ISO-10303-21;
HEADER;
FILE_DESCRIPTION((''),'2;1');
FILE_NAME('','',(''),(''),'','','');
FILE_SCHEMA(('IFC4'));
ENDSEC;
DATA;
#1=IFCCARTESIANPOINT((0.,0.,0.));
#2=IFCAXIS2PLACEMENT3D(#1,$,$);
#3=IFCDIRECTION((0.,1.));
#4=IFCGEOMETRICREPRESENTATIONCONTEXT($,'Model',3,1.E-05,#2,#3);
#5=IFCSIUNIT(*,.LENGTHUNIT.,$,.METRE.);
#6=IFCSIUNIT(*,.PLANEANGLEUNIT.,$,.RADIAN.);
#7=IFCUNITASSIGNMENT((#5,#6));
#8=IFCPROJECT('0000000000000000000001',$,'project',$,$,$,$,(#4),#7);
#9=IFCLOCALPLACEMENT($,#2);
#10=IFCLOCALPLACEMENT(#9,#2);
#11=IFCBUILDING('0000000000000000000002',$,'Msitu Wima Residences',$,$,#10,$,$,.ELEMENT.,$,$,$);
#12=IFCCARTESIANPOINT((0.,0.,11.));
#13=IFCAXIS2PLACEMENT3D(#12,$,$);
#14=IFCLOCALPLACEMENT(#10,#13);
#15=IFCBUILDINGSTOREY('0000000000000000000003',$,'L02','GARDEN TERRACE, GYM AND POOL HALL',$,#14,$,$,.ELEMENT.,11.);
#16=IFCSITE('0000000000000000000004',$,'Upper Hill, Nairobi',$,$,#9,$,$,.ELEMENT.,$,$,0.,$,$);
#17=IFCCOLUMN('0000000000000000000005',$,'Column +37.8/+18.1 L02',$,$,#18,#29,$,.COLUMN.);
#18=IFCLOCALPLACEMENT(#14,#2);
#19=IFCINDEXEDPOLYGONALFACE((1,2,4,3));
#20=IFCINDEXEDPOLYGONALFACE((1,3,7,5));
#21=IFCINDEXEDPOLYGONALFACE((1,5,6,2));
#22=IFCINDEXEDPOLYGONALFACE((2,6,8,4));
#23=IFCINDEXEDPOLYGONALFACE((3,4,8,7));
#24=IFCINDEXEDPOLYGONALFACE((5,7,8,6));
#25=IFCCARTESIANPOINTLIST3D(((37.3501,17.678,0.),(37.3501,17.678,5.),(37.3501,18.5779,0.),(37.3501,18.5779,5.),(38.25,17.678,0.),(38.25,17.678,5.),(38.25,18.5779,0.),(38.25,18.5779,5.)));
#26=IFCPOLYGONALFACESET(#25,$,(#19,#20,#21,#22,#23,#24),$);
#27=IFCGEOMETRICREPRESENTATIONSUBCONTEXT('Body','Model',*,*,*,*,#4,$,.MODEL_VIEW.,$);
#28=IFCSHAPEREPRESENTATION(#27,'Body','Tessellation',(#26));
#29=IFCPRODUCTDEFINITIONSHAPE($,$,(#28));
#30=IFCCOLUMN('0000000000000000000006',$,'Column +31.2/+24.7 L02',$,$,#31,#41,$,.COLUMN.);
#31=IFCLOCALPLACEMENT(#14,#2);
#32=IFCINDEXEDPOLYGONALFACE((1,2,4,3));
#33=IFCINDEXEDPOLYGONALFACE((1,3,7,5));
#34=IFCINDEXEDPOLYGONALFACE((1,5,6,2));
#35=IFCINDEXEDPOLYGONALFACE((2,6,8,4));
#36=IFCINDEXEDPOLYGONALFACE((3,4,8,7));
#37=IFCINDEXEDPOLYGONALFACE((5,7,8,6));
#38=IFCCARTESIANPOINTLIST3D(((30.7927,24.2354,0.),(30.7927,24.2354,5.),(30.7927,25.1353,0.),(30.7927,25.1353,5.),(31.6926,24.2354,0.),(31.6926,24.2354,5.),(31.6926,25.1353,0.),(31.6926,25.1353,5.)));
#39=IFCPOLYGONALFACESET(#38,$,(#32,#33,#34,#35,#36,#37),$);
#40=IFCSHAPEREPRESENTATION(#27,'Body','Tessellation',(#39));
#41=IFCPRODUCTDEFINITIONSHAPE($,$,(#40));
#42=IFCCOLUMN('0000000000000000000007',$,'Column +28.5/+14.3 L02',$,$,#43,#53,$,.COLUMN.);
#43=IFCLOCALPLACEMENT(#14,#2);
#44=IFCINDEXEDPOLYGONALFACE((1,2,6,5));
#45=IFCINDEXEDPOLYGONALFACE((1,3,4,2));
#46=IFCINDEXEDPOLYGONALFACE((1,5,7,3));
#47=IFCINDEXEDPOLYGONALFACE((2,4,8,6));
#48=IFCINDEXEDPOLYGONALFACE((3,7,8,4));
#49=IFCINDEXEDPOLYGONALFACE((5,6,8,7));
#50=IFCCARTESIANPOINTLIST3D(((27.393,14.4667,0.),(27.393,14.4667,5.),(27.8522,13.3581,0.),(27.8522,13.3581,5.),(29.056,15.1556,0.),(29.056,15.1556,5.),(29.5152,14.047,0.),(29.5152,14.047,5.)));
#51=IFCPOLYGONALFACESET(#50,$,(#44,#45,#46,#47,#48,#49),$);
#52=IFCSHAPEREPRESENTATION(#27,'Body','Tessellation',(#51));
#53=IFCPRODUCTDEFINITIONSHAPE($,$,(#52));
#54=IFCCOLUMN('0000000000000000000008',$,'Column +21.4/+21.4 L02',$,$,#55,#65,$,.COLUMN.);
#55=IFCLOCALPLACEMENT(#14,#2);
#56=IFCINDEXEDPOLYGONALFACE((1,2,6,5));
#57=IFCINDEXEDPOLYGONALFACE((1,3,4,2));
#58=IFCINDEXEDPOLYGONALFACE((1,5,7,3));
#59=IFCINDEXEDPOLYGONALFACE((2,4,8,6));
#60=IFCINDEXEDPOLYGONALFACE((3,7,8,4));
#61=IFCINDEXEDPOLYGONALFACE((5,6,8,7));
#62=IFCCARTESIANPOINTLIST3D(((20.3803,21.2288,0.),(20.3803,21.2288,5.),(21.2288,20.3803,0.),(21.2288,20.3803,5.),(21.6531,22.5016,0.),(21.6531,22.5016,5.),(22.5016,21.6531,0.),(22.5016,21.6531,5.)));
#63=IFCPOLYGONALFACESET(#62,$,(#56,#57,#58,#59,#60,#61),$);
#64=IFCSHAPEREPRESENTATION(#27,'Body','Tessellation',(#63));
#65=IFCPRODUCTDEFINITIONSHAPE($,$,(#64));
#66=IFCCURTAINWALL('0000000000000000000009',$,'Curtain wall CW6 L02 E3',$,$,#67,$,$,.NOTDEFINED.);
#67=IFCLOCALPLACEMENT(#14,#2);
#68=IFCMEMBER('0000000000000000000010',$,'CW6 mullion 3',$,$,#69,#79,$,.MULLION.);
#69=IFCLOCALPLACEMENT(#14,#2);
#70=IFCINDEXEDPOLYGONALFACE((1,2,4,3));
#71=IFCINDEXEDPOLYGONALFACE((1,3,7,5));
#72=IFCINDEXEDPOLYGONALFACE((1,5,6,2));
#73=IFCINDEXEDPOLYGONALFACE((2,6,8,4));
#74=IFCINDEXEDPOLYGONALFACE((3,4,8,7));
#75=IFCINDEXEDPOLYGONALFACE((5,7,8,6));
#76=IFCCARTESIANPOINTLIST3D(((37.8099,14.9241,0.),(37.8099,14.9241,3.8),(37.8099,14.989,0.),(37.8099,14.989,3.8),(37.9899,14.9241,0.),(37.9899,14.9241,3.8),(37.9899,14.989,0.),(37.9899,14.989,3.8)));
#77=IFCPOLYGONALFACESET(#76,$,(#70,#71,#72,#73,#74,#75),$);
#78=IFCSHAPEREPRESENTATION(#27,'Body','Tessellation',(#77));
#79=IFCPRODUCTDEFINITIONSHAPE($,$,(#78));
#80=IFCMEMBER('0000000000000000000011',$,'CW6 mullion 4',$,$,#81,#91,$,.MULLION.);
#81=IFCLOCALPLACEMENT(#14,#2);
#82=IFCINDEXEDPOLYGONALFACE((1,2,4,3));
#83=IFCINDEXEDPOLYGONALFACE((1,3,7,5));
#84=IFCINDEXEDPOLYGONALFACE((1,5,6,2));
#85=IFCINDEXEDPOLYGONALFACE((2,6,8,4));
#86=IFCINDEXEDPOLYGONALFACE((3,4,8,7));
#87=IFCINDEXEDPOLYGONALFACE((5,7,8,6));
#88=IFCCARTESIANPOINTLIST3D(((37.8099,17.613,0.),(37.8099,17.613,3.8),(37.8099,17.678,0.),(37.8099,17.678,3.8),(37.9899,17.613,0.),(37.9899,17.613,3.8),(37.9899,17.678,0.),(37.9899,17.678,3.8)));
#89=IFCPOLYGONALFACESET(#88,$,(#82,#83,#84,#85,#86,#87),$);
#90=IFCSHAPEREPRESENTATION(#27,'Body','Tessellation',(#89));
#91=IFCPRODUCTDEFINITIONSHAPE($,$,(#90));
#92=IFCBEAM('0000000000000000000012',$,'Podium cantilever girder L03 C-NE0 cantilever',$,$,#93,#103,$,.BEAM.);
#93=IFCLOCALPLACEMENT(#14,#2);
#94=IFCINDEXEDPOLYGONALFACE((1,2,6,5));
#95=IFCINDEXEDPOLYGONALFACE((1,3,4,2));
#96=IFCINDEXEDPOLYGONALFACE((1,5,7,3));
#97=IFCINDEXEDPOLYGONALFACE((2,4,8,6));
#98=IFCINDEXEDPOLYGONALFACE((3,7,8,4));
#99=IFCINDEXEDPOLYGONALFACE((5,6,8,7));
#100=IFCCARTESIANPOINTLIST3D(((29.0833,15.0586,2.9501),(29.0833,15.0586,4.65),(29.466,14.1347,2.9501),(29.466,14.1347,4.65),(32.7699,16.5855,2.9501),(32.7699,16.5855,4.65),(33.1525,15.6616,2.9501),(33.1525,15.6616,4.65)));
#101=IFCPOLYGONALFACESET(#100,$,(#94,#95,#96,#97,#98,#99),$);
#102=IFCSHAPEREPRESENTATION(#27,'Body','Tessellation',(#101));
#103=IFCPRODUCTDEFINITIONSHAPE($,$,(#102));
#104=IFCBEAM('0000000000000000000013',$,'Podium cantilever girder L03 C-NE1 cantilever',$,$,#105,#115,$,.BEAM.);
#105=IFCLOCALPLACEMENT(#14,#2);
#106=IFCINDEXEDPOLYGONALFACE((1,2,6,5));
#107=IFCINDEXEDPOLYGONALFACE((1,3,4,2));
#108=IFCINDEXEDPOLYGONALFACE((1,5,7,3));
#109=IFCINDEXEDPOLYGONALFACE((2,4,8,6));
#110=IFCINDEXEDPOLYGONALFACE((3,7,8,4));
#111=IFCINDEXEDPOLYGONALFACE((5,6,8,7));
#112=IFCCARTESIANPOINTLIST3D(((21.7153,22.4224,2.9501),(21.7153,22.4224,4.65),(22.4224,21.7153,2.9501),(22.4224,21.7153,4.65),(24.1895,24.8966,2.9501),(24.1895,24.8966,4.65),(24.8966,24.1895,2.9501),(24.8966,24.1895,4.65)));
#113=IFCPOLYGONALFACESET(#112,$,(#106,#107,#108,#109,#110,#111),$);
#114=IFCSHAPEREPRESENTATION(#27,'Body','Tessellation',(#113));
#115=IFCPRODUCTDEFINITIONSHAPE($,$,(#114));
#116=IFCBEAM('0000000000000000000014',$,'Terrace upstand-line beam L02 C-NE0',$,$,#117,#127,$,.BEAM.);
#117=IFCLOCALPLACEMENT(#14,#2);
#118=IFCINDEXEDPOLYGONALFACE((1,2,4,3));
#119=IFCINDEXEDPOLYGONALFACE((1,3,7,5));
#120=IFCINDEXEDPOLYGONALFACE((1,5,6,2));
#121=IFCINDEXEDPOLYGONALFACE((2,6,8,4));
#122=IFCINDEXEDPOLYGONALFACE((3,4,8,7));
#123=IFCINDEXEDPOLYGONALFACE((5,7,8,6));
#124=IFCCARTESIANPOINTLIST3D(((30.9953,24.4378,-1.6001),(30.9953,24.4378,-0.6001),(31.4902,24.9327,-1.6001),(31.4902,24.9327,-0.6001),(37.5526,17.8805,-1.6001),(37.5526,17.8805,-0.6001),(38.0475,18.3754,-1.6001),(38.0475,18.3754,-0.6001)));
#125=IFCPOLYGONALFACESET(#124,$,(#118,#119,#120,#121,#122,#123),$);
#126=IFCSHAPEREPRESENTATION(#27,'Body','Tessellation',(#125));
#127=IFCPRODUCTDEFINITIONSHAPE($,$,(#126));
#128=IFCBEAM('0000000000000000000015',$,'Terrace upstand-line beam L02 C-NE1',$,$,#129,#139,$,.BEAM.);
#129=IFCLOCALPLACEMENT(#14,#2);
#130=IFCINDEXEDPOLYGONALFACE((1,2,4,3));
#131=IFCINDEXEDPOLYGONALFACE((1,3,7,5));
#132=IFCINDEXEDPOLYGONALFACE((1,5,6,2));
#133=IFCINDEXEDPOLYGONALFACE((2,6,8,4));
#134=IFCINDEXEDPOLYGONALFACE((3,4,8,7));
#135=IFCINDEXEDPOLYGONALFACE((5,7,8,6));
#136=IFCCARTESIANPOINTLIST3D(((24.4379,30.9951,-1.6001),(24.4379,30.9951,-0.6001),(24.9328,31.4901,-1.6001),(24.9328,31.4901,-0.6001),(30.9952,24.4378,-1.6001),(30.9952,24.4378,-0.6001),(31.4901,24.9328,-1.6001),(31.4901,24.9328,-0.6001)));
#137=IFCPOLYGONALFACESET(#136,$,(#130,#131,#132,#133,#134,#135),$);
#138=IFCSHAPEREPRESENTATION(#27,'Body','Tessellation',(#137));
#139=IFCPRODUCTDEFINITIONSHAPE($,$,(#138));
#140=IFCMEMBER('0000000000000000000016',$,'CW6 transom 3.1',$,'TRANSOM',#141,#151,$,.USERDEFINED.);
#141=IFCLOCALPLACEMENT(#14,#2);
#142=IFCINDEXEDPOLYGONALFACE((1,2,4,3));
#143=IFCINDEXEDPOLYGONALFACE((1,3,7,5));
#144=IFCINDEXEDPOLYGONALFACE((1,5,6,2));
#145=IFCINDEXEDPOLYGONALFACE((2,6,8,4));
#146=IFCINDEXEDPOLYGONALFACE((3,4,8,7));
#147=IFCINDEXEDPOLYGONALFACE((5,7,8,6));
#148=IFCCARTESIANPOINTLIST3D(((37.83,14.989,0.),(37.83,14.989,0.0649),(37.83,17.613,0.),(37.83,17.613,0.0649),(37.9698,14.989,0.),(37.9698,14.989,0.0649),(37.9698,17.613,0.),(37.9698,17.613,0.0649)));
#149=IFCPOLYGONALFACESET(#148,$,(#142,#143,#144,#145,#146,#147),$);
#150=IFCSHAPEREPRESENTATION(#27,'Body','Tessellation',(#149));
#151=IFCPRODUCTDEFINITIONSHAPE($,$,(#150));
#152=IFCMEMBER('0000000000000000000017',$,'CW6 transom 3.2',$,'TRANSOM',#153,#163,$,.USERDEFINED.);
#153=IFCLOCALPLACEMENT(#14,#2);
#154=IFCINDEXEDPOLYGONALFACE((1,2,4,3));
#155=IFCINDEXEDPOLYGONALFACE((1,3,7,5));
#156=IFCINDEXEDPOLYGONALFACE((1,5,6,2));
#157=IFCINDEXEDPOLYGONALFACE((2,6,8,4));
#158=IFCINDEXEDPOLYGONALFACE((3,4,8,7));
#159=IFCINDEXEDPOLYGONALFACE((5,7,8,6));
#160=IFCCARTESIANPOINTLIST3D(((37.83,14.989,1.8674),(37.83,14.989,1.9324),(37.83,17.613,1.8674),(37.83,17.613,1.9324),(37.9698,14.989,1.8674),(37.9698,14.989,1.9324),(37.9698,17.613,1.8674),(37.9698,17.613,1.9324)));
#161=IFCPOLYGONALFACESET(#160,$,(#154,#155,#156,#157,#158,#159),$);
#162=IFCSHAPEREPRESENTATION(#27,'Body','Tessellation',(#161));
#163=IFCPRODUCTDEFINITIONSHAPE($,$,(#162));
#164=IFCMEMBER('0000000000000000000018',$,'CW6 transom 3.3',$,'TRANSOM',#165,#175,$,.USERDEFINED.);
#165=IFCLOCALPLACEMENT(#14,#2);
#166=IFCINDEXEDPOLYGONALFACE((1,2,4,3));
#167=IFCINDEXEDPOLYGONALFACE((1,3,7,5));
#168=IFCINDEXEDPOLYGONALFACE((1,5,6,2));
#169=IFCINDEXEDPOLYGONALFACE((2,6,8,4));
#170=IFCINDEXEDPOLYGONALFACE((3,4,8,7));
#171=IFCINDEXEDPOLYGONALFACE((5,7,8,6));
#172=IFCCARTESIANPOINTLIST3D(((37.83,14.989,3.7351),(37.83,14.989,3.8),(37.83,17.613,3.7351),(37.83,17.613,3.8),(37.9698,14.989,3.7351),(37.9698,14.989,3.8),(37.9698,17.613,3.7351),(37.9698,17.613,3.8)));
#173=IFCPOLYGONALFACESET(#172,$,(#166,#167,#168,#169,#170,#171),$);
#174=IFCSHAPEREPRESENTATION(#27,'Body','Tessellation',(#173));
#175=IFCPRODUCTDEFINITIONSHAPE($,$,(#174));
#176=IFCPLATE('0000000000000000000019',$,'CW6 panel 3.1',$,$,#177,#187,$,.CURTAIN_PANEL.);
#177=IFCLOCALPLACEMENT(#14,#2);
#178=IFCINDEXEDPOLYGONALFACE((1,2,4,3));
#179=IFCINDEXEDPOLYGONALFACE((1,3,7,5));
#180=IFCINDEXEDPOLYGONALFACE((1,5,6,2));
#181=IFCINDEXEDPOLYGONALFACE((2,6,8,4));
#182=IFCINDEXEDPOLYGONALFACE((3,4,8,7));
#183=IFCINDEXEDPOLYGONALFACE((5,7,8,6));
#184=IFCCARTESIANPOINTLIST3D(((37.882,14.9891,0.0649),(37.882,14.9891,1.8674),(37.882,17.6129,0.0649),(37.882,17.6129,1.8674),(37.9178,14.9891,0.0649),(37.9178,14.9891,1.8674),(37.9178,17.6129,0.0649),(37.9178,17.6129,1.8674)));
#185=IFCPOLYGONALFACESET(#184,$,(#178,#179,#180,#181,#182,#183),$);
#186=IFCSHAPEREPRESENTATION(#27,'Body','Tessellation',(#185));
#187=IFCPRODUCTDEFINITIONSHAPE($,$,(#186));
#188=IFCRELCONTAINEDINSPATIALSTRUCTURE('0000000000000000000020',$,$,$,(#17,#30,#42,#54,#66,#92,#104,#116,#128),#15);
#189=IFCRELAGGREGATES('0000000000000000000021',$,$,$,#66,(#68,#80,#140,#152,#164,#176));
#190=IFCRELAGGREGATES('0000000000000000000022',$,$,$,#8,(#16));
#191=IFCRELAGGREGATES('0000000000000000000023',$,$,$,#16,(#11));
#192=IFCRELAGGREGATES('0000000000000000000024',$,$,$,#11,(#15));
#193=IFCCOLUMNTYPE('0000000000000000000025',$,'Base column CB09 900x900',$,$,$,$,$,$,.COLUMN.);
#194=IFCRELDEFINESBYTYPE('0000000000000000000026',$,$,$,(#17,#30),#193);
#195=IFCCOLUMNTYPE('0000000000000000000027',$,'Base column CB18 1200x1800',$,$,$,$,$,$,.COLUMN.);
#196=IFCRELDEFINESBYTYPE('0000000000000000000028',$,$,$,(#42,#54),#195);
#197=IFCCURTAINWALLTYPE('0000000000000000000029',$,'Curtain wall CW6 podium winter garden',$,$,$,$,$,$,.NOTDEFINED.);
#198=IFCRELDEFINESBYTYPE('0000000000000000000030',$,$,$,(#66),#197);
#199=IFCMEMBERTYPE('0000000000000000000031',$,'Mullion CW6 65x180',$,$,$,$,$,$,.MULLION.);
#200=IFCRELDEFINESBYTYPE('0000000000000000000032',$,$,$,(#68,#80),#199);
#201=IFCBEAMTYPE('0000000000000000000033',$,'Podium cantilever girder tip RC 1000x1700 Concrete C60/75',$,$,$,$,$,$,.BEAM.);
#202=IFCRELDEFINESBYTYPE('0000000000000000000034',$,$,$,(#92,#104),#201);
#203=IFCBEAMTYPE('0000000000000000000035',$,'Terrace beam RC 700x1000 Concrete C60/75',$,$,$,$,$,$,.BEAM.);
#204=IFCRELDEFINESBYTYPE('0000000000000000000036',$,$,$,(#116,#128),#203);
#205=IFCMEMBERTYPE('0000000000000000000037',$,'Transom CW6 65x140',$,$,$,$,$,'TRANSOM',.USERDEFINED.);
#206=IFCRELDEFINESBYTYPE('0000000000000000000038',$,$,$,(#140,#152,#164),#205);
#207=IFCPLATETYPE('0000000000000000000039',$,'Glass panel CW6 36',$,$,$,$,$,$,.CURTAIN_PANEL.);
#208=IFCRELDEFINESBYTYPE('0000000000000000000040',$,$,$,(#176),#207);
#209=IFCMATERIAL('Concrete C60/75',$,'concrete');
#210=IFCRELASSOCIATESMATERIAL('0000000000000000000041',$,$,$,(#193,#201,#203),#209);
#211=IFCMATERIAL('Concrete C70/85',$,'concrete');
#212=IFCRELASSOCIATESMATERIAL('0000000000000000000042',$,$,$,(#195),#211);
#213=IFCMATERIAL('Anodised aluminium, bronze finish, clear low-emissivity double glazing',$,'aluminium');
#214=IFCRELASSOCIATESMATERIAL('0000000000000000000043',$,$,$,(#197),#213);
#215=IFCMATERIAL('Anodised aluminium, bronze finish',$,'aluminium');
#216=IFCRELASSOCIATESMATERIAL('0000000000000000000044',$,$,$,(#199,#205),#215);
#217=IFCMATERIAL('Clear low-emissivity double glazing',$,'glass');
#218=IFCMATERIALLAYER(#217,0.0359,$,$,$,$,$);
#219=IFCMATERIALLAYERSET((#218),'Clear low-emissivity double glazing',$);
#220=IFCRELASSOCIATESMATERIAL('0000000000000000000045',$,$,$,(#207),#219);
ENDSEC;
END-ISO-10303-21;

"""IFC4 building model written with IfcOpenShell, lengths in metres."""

from ifc_helpers import new_model, si_unit, direction, frame, origin, origin_2d, place, context, subcontext, project, spatial, rectangle, extrude, material, layer, layer_set, material_profile, profile_set, type_object, element, aggregate, save


model = new_model("IFC4")

# Units and contexts
model_context = context("Model", 3, precision=1e-05, world=origin(), true_north=direction((0.0, 1.0)))
body_context = subcontext(model_context, "Body", "Model", "MODEL_VIEW")
ifc_project = project(units=[si_unit("LENGTHUNIT", "METRE"), si_unit("PLANEANGLEUNIT", "RADIAN")], contexts=[model_context])

# Site, building, storey
site_placement = place(None, origin())
site = spatial("IfcSite", under=ifc_project, at=site_placement, Name="Upper Hill, Nairobi", CompositionType="ELEMENT", RefElevation=0.0)
building_placement = place(site_placement, origin())
building = spatial("IfcBuilding", under=site, at=building_placement, Name="Msitu Wima Residences", CompositionType="ELEMENT")
storey_placement = place(building_placement, frame((0.0, 0.0, 11.0)))
storey = spatial("IfcBuildingStorey", under=building, at=storey_placement, Name="L02", Description="GARDEN TERRACE, GYM AND POOL HALL", CompositionType="ELEMENT", Elevation=11.0)

# Columns
ifc_material_1 = material(Name="Concrete C60/75", Category="concrete")
ifc_material_profile_1 = material_profile(ifc_material_1, rectangle(XDim=0.8999, YDim=0.8999, at=origin_2d()), Name="RC 900x900")
ifc_profile_set_1 = profile_set([ifc_material_profile_1], Name="Concrete C60/75")
column_type_1 = type_object("IfcColumnType", Name="Base column CB09 900x900", PredefinedType="COLUMN", material=ifc_profile_set_1)
for number, where, z_axis, x_axis, name in (
    (1, (37.8, 18.1279, 0.0), (0.0, 0.0, 1.0), (1.0, 0.0, 0.0), "Column +37.8/+18.1 L02"),
    (2, (31.2427, 24.6853, 0.0), (0.0, 0.0, 1.0), (1.0, 0.0, 0.0), "Column +31.2/+24.7 L02"),
):
    element("IfcColumn", number, at=place(storey_placement, frame(where, z_axis=z_axis, x_axis=x_axis)), inside=storey, type_object=column_type_1, Name=name, PredefinedType="COLUMN", context=body_context, shape_type="SweptSolid", body=[
        extrude(rectangle(XDim=0.8999, YDim=0.8999, at=origin_2d()), origin(), (0.0, 0.0, 1.0), 5.0),
    ])
ifc_material_2 = material(Name="Concrete C70/85", Category="concrete")
ifc_material_profile_2 = material_profile(ifc_material_2, rectangle(XDim=1.2, YDim=1.8, at=origin_2d()), Name="RC 1200x1800")
ifc_profile_set_2 = profile_set([ifc_material_profile_2], Name="Concrete C70/85")
column_type_2 = type_object("IfcColumnType", Name="Base column CB18 1200x1800", PredefinedType="COLUMN", material=ifc_profile_set_2)
for number, where, z_axis, x_axis, name in (
    (3, (28.4541, 14.2568, 0.0), (0.0, 0.0, 1.0), (-0.382683, 0.92388, 0.0), "Column +28.5/+14.3 L02"),
    (4, (21.4409, 21.4409, 0.0), (0.0, 0.0, 1.0), (-0.707107, 0.707107, 0.0), "Column +21.4/+21.4 L02"),
):
    element("IfcColumn", number, at=place(storey_placement, frame(where, z_axis=z_axis, x_axis=x_axis)), inside=storey, type_object=column_type_2, Name=name, PredefinedType="COLUMN", context=body_context, shape_type="SweptSolid", body=[
        extrude(rectangle(XDim=1.2, YDim=1.8, at=origin_2d()), origin(), (0.0, 0.0, 1.0), 5.0),
    ])

# Curtain wall, members
ifc_material_3 = material(Name="Anodised aluminium, bronze finish, clear low-emissivity double glazing", Category="aluminium")
curtain_wall_type = type_object("IfcCurtainWallType", Name="Curtain wall CW6 podium winter garden", PredefinedType="NOTDEFINED", material=ifc_material_3)
curtain_wall_placement = place(storey_placement, origin())
curtain_wall = element("IfcCurtainWall", 5, at=curtain_wall_placement, inside=storey, type_object=curtain_wall_type, Name="Curtain wall CW6 L02 E3", PredefinedType="NOTDEFINED")
ifc_material_4 = material(Name="Anodised aluminium, bronze finish", Category="aluminium")
ifc_material_profile_3 = material_profile(ifc_material_4, rectangle(XDim=0.1799, YDim=0.0649, at=origin_2d()), Name="Mullion 65x180")
ifc_profile_set_3 = profile_set([ifc_material_profile_3], Name="Anodised aluminium, bronze finish")
member_type_1 = type_object("IfcMemberType", Name="Mullion CW6 65x180", PredefinedType="MULLION", material=ifc_profile_set_3)
member_1_placement = place(storey_placement, frame((37.8999, 14.9565, 0.0), z_axis=(0.0, 0.0, 1.0), x_axis=(-1.0, 0.0, 0.0)))
member_1 = element("IfcMember", 6, at=member_1_placement, type_object=member_type_1, Name="CW6 mullion 3", PredefinedType="MULLION", context=body_context, shape_type="SweptSolid", body=[
    extrude(rectangle(XDim=0.1799, YDim=0.0649, at=origin_2d()), origin(), (0.0, 0.0, 1.0), 3.8),
])
member_2_placement = place(storey_placement, frame((37.8999, 17.6455, 0.0), z_axis=(0.0, 0.0, 1.0), x_axis=(-1.0, 0.0, 0.0)))
member_2 = element("IfcMember", 7, at=member_2_placement, type_object=member_type_1, Name="CW6 mullion 4", PredefinedType="MULLION", context=body_context, shape_type="SweptSolid", body=[
    extrude(rectangle(XDim=0.1799, YDim=0.0649, at=origin_2d()), origin(), (0.0, 0.0, 1.0), 3.8),
])

# Beams
ifc_material_profile_4 = material_profile(ifc_material_1, rectangle(XDim=1.0, YDim=1.7, at=origin_2d()), Name="RC 1000x1700")
ifc_profile_set_4 = profile_set([ifc_material_profile_4], Name="Concrete C60/75")
beam_type_1 = type_object("IfcBeamType", Name="Podium cantilever girder tip RC 1000x1700 Concrete C60/75", PredefinedType="BEAM", material=ifc_profile_set_4)
beam_1_placement = place(storey_placement, frame((29.2747, 14.5967, 3.8), z_axis=(0.923893, 0.382651, 0.0), x_axis=(-0.382651, 0.923893, 0.0)))
element("IfcBeam", 8, at=beam_1_placement, inside=storey, type_object=beam_type_1, Name="Podium cantilever girder L03 C-NE0 cantilever", PredefinedType="BEAM", context=body_context, shape_type="SweptSolid", body=[
    extrude(rectangle(XDim=1.0, YDim=1.7, at=origin_2d()), origin(), (0.0, 0.0, 1.0), 3.9902),
])
beam_2_placement = place(storey_placement, frame((22.0688, 22.0688, 3.8), z_axis=(0.707107, 0.707107, 0.0), x_axis=(-0.707107, 0.707107, 0.0)))
element("IfcBeam", 9, at=beam_2_placement, inside=storey, type_object=beam_type_1, Name="Podium cantilever girder L03 C-NE1 cantilever", PredefinedType="BEAM", context=body_context, shape_type="SweptSolid", body=[
    extrude(rectangle(XDim=1.0, YDim=1.7, at=origin_2d()), origin(), (0.0, 0.0, 1.0), 3.499),
])
ifc_material_profile_5 = material_profile(ifc_material_1, rectangle(XDim=0.7, YDim=1.0, at=origin_2d()), Name="RC 700x1000")
ifc_profile_set_5 = profile_set([ifc_material_profile_5], Name="Concrete C60/75")
beam_type_2 = type_object("IfcBeamType", Name="Terrace beam RC 700x1000 Concrete C60/75", PredefinedType="BEAM", material=ifc_profile_set_5)
for number, where, z_axis, x_axis, name in (
    (10, (37.8, 18.1279, -1.1001), (-0.707107, 0.707107, 0.0), (-0.707107, -0.707107, 0.0), "Terrace upstand-line beam L02 C-NE0"),
    (11, (31.2427, 24.6853, -1.1001), (-0.707107, 0.707107, 0.0), (-0.707107, -0.707107, 0.0), "Terrace upstand-line beam L02 C-NE1"),
):
    element("IfcBeam", number, at=place(storey_placement, frame(where, z_axis=z_axis, x_axis=x_axis)), inside=storey, type_object=beam_type_2, Name=name, PredefinedType="BEAM", context=body_context, shape_type="SweptSolid", body=[
        extrude(rectangle(XDim=0.7, YDim=1.0, at=origin_2d()), origin(), (0.0, 0.0, 1.0), 9.2734),
    ])

# Members
ifc_material_profile_6 = material_profile(ifc_material_4, rectangle(XDim=0.1399, YDim=0.0649, at=origin_2d()), Name="Transom 65x140")
ifc_profile_set_6 = profile_set([ifc_material_profile_6], Name="Anodised aluminium, bronze finish")
member_type_2 = type_object("IfcMemberType", Name="Transom CW6 65x140", ElementType="TRANSOM", PredefinedType="USERDEFINED", material=ifc_profile_set_6)
member_3_placement = place(storey_placement, frame((37.8999, 14.989, 0.0325), z_axis=(0.0, 1.0, 0.0), x_axis=(-1.0, 0.0, 0.0)))
member_3 = element("IfcMember", 12, at=member_3_placement, type_object=member_type_2, Name="CW6 transom 3.1", ObjectType="TRANSOM", PredefinedType="USERDEFINED", context=body_context, shape_type="SweptSolid", body=[
    extrude(rectangle(XDim=0.1399, YDim=0.0649, at=origin_2d()), origin(), (0.0, 0.0, 1.0), 2.624),
])
member_4_placement = place(storey_placement, frame((37.8999, 14.989, 1.8999), z_axis=(0.0, 1.0, 0.0), x_axis=(-1.0, 0.0, 0.0)))
member_4 = element("IfcMember", 13, at=member_4_placement, type_object=member_type_2, Name="CW6 transom 3.2", ObjectType="TRANSOM", PredefinedType="USERDEFINED", context=body_context, shape_type="SweptSolid", body=[
    extrude(rectangle(XDim=0.1399, YDim=0.0649, at=origin_2d()), origin(), (0.0, 0.0, 1.0), 2.624),
])
member_5_placement = place(storey_placement, frame((37.8999, 14.989, 3.7676), z_axis=(0.0, 1.0, 0.0), x_axis=(-1.0, 0.0, 0.0)))
member_5 = element("IfcMember", 14, at=member_5_placement, type_object=member_type_2, Name="CW6 transom 3.3", ObjectType="TRANSOM", PredefinedType="USERDEFINED", context=body_context, shape_type="SweptSolid", body=[
    extrude(rectangle(XDim=0.1399, YDim=0.0649, at=origin_2d()), origin(), (0.0, 0.0, 1.0), 2.624),
])

# Plate
ifc_material_5 = material(Name="Clear low-emissivity double glazing", Category="glass")
ifc_layer_1 = layer(ifc_material_5, 0.0359)
ifc_layer_set_1 = layer_set([ifc_layer_1], Name="Clear low-emissivity double glazing")
plate_type = type_object("IfcPlateType", Name="Glass panel CW6 36", PredefinedType="CURTAIN_PANEL", material=ifc_layer_set_1)
plate_1_placement = place(storey_placement, frame((37.8999, 16.301, 0.0649), z_axis=(0.0, 0.0, 1.0), x_axis=(0.0, 1.0, 0.0)))
plate_1 = element("IfcPlate", 15, at=plate_1_placement, type_object=plate_type, Name="CW6 panel 3.1", PredefinedType="CURTAIN_PANEL", context=body_context, shape_type="SweptSolid", body=[
    extrude(rectangle(XDim=2.6238, YDim=0.0359, at=origin_2d()), origin(), (0.0, 0.0, 1.0), 1.8025),
])
aggregate(curtain_wall, [member_1, member_2, member_3, member_4, member_5, plate_1])

save(model, "model.ifc")
